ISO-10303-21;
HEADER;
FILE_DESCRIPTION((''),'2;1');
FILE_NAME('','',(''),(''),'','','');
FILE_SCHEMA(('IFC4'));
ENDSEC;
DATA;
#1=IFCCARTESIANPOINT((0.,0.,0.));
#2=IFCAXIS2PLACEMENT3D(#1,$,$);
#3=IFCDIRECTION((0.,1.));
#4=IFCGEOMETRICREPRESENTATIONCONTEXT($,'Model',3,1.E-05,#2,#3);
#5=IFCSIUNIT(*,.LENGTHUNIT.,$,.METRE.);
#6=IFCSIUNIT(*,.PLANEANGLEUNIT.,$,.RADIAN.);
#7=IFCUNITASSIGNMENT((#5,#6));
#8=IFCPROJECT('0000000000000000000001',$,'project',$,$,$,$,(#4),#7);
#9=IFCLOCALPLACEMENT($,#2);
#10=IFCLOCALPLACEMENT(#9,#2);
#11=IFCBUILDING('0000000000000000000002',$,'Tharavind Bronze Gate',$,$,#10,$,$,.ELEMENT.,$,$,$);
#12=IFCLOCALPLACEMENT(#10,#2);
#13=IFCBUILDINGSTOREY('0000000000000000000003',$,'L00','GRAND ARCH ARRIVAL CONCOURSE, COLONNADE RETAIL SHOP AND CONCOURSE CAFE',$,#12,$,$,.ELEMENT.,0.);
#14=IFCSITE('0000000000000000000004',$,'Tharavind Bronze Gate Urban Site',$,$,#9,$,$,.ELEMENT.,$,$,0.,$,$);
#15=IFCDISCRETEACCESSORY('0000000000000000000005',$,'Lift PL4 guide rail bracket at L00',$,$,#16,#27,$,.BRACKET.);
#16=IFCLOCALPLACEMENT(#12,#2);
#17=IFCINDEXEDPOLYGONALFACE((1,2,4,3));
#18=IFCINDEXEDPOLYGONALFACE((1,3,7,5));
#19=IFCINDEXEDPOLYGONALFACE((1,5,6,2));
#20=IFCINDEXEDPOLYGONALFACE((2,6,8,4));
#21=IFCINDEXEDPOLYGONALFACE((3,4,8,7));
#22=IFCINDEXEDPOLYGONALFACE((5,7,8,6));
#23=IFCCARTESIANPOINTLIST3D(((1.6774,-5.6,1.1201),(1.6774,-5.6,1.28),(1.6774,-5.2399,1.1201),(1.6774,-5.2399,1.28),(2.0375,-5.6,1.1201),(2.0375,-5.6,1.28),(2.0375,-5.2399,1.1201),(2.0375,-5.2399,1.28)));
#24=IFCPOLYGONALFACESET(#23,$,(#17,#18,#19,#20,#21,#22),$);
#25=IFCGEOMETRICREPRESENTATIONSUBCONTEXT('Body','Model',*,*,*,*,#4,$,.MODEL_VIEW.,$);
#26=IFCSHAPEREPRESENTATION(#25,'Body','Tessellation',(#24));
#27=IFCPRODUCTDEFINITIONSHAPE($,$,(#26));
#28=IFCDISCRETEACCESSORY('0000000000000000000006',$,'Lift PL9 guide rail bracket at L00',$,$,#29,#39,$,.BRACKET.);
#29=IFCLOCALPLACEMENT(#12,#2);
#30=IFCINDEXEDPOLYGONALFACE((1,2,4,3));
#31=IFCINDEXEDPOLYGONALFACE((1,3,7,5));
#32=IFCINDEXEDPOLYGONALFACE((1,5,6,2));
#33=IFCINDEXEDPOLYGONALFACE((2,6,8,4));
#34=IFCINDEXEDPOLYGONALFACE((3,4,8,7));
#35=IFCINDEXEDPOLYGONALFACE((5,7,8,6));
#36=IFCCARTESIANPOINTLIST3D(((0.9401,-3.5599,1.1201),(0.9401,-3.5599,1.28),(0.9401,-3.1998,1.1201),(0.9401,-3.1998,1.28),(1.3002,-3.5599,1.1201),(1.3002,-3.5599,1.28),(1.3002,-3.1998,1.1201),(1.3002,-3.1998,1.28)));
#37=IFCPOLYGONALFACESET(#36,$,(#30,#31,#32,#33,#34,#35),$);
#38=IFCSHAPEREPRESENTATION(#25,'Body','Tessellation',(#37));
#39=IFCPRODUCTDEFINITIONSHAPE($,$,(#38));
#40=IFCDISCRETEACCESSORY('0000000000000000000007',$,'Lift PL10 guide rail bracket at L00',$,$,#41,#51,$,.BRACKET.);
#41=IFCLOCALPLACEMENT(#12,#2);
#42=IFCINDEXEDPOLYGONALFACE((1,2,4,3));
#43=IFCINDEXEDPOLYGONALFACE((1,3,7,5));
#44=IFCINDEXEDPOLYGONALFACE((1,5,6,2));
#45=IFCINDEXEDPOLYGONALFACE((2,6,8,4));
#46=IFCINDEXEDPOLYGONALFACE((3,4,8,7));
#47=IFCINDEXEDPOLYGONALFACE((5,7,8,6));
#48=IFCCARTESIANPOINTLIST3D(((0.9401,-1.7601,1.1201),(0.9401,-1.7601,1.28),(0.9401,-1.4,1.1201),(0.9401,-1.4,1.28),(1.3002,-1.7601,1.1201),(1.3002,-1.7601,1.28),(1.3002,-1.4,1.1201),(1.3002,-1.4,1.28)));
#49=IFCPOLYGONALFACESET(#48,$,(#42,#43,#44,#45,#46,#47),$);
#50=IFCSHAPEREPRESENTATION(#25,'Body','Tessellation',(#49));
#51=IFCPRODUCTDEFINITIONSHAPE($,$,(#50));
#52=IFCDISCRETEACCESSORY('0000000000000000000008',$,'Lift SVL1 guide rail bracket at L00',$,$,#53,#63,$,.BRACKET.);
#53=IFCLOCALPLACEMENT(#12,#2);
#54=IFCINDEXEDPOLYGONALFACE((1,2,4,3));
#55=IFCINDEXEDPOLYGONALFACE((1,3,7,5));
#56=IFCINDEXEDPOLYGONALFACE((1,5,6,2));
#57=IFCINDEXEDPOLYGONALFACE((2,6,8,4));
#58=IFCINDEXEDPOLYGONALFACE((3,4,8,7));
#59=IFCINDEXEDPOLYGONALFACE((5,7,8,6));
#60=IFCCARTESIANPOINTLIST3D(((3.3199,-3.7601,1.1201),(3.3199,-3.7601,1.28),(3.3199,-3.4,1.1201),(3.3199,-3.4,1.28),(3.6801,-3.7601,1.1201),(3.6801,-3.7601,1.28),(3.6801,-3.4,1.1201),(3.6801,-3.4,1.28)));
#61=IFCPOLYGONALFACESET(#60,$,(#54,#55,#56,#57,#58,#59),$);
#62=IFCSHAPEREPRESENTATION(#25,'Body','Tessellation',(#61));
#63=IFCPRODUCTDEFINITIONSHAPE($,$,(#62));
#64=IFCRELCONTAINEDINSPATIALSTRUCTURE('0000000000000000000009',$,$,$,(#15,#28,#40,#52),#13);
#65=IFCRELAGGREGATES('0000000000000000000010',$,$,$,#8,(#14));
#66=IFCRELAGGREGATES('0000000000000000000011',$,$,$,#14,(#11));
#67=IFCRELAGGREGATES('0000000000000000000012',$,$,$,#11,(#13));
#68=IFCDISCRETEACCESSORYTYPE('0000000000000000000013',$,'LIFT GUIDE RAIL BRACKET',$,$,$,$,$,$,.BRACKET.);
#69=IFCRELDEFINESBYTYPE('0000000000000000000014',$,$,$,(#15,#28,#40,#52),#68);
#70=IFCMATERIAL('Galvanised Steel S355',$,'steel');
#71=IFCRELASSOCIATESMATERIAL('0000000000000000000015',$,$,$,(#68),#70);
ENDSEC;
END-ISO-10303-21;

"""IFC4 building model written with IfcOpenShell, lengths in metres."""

from ifc_helpers import new_model, si_unit, direction, frame, origin, origin_2d, place, context, subcontext, project, spatial, rectangle, extrude, material, type_object, element, save


model = new_model("IFC4")

# Units and contexts
model_context = context("Model", 3, precision=1e-05, world=origin(), true_north=direction((0.0, 1.0)))
body_context = subcontext(model_context, "Body", "Model", "MODEL_VIEW")
ifc_project = project(units=[si_unit("LENGTHUNIT", "METRE"), si_unit("PLANEANGLEUNIT", "RADIAN")], contexts=[model_context])

# Site, building, storey
site_placement = place(None, origin())
site = spatial("IfcSite", under=ifc_project, at=site_placement, Name="Tharavind Bronze Gate Urban Site", CompositionType="ELEMENT", RefElevation=0.0)
building_placement = place(site_placement, origin())
building = spatial("IfcBuilding", under=site, at=building_placement, Name="Tharavind Bronze Gate", CompositionType="ELEMENT")
storey_placement = place(building_placement, origin())
storey = spatial("IfcBuildingStorey", under=building, at=storey_placement, Name="L00", Description="GRAND ARCH ARRIVAL CONCOURSE, COLONNADE RETAIL SHOP AND CONCOURSE CAFE", CompositionType="ELEMENT", Elevation=0.0)

# Discrete accessories
ifc_material_1 = material(Name="Galvanised Steel S355", Category="steel")
discrete_accessory_type = type_object("IfcDiscreteAccessoryType", Name="LIFT GUIDE RAIL BRACKET", PredefinedType="BRACKET", material=ifc_material_1)
for number, where, z_axis, x_axis, name in (
    (1, (1.8574, -5.4199, 1.1201), (0.0, 0.0, 1.0), (1.0, 0.0, 0.0), "Lift PL4 guide rail bracket at L00"),
    (2, (1.1201, -3.3799, 1.1201), (0.0, 0.0, 1.0), (1.0, 0.0, 0.0), "Lift PL9 guide rail bracket at L00"),
    (3, (1.1201, -1.5801, 1.1201), (0.0, 0.0, 1.0), (1.0, 0.0, 0.0), "Lift PL10 guide rail bracket at L00"),
    (4, (3.5, -3.5801, 1.1201), (0.0, 0.0, 1.0), (1.0, 0.0, 0.0), "Lift SVL1 guide rail bracket at L00"),
):
    element("IfcDiscreteAccessory", number, at=place(storey_placement, frame(where, z_axis=z_axis, x_axis=x_axis)), inside=storey, type_object=discrete_accessory_type, Name=name, PredefinedType="BRACKET", context=body_context, shape_type="SweptSolid", body=[
        extrude(rectangle(XDim=0.3601, YDim=0.3601, at=origin_2d()), origin(), (0.0, 0.0, 1.0), 0.1599),
    ])

save(model, "model.ifc")
